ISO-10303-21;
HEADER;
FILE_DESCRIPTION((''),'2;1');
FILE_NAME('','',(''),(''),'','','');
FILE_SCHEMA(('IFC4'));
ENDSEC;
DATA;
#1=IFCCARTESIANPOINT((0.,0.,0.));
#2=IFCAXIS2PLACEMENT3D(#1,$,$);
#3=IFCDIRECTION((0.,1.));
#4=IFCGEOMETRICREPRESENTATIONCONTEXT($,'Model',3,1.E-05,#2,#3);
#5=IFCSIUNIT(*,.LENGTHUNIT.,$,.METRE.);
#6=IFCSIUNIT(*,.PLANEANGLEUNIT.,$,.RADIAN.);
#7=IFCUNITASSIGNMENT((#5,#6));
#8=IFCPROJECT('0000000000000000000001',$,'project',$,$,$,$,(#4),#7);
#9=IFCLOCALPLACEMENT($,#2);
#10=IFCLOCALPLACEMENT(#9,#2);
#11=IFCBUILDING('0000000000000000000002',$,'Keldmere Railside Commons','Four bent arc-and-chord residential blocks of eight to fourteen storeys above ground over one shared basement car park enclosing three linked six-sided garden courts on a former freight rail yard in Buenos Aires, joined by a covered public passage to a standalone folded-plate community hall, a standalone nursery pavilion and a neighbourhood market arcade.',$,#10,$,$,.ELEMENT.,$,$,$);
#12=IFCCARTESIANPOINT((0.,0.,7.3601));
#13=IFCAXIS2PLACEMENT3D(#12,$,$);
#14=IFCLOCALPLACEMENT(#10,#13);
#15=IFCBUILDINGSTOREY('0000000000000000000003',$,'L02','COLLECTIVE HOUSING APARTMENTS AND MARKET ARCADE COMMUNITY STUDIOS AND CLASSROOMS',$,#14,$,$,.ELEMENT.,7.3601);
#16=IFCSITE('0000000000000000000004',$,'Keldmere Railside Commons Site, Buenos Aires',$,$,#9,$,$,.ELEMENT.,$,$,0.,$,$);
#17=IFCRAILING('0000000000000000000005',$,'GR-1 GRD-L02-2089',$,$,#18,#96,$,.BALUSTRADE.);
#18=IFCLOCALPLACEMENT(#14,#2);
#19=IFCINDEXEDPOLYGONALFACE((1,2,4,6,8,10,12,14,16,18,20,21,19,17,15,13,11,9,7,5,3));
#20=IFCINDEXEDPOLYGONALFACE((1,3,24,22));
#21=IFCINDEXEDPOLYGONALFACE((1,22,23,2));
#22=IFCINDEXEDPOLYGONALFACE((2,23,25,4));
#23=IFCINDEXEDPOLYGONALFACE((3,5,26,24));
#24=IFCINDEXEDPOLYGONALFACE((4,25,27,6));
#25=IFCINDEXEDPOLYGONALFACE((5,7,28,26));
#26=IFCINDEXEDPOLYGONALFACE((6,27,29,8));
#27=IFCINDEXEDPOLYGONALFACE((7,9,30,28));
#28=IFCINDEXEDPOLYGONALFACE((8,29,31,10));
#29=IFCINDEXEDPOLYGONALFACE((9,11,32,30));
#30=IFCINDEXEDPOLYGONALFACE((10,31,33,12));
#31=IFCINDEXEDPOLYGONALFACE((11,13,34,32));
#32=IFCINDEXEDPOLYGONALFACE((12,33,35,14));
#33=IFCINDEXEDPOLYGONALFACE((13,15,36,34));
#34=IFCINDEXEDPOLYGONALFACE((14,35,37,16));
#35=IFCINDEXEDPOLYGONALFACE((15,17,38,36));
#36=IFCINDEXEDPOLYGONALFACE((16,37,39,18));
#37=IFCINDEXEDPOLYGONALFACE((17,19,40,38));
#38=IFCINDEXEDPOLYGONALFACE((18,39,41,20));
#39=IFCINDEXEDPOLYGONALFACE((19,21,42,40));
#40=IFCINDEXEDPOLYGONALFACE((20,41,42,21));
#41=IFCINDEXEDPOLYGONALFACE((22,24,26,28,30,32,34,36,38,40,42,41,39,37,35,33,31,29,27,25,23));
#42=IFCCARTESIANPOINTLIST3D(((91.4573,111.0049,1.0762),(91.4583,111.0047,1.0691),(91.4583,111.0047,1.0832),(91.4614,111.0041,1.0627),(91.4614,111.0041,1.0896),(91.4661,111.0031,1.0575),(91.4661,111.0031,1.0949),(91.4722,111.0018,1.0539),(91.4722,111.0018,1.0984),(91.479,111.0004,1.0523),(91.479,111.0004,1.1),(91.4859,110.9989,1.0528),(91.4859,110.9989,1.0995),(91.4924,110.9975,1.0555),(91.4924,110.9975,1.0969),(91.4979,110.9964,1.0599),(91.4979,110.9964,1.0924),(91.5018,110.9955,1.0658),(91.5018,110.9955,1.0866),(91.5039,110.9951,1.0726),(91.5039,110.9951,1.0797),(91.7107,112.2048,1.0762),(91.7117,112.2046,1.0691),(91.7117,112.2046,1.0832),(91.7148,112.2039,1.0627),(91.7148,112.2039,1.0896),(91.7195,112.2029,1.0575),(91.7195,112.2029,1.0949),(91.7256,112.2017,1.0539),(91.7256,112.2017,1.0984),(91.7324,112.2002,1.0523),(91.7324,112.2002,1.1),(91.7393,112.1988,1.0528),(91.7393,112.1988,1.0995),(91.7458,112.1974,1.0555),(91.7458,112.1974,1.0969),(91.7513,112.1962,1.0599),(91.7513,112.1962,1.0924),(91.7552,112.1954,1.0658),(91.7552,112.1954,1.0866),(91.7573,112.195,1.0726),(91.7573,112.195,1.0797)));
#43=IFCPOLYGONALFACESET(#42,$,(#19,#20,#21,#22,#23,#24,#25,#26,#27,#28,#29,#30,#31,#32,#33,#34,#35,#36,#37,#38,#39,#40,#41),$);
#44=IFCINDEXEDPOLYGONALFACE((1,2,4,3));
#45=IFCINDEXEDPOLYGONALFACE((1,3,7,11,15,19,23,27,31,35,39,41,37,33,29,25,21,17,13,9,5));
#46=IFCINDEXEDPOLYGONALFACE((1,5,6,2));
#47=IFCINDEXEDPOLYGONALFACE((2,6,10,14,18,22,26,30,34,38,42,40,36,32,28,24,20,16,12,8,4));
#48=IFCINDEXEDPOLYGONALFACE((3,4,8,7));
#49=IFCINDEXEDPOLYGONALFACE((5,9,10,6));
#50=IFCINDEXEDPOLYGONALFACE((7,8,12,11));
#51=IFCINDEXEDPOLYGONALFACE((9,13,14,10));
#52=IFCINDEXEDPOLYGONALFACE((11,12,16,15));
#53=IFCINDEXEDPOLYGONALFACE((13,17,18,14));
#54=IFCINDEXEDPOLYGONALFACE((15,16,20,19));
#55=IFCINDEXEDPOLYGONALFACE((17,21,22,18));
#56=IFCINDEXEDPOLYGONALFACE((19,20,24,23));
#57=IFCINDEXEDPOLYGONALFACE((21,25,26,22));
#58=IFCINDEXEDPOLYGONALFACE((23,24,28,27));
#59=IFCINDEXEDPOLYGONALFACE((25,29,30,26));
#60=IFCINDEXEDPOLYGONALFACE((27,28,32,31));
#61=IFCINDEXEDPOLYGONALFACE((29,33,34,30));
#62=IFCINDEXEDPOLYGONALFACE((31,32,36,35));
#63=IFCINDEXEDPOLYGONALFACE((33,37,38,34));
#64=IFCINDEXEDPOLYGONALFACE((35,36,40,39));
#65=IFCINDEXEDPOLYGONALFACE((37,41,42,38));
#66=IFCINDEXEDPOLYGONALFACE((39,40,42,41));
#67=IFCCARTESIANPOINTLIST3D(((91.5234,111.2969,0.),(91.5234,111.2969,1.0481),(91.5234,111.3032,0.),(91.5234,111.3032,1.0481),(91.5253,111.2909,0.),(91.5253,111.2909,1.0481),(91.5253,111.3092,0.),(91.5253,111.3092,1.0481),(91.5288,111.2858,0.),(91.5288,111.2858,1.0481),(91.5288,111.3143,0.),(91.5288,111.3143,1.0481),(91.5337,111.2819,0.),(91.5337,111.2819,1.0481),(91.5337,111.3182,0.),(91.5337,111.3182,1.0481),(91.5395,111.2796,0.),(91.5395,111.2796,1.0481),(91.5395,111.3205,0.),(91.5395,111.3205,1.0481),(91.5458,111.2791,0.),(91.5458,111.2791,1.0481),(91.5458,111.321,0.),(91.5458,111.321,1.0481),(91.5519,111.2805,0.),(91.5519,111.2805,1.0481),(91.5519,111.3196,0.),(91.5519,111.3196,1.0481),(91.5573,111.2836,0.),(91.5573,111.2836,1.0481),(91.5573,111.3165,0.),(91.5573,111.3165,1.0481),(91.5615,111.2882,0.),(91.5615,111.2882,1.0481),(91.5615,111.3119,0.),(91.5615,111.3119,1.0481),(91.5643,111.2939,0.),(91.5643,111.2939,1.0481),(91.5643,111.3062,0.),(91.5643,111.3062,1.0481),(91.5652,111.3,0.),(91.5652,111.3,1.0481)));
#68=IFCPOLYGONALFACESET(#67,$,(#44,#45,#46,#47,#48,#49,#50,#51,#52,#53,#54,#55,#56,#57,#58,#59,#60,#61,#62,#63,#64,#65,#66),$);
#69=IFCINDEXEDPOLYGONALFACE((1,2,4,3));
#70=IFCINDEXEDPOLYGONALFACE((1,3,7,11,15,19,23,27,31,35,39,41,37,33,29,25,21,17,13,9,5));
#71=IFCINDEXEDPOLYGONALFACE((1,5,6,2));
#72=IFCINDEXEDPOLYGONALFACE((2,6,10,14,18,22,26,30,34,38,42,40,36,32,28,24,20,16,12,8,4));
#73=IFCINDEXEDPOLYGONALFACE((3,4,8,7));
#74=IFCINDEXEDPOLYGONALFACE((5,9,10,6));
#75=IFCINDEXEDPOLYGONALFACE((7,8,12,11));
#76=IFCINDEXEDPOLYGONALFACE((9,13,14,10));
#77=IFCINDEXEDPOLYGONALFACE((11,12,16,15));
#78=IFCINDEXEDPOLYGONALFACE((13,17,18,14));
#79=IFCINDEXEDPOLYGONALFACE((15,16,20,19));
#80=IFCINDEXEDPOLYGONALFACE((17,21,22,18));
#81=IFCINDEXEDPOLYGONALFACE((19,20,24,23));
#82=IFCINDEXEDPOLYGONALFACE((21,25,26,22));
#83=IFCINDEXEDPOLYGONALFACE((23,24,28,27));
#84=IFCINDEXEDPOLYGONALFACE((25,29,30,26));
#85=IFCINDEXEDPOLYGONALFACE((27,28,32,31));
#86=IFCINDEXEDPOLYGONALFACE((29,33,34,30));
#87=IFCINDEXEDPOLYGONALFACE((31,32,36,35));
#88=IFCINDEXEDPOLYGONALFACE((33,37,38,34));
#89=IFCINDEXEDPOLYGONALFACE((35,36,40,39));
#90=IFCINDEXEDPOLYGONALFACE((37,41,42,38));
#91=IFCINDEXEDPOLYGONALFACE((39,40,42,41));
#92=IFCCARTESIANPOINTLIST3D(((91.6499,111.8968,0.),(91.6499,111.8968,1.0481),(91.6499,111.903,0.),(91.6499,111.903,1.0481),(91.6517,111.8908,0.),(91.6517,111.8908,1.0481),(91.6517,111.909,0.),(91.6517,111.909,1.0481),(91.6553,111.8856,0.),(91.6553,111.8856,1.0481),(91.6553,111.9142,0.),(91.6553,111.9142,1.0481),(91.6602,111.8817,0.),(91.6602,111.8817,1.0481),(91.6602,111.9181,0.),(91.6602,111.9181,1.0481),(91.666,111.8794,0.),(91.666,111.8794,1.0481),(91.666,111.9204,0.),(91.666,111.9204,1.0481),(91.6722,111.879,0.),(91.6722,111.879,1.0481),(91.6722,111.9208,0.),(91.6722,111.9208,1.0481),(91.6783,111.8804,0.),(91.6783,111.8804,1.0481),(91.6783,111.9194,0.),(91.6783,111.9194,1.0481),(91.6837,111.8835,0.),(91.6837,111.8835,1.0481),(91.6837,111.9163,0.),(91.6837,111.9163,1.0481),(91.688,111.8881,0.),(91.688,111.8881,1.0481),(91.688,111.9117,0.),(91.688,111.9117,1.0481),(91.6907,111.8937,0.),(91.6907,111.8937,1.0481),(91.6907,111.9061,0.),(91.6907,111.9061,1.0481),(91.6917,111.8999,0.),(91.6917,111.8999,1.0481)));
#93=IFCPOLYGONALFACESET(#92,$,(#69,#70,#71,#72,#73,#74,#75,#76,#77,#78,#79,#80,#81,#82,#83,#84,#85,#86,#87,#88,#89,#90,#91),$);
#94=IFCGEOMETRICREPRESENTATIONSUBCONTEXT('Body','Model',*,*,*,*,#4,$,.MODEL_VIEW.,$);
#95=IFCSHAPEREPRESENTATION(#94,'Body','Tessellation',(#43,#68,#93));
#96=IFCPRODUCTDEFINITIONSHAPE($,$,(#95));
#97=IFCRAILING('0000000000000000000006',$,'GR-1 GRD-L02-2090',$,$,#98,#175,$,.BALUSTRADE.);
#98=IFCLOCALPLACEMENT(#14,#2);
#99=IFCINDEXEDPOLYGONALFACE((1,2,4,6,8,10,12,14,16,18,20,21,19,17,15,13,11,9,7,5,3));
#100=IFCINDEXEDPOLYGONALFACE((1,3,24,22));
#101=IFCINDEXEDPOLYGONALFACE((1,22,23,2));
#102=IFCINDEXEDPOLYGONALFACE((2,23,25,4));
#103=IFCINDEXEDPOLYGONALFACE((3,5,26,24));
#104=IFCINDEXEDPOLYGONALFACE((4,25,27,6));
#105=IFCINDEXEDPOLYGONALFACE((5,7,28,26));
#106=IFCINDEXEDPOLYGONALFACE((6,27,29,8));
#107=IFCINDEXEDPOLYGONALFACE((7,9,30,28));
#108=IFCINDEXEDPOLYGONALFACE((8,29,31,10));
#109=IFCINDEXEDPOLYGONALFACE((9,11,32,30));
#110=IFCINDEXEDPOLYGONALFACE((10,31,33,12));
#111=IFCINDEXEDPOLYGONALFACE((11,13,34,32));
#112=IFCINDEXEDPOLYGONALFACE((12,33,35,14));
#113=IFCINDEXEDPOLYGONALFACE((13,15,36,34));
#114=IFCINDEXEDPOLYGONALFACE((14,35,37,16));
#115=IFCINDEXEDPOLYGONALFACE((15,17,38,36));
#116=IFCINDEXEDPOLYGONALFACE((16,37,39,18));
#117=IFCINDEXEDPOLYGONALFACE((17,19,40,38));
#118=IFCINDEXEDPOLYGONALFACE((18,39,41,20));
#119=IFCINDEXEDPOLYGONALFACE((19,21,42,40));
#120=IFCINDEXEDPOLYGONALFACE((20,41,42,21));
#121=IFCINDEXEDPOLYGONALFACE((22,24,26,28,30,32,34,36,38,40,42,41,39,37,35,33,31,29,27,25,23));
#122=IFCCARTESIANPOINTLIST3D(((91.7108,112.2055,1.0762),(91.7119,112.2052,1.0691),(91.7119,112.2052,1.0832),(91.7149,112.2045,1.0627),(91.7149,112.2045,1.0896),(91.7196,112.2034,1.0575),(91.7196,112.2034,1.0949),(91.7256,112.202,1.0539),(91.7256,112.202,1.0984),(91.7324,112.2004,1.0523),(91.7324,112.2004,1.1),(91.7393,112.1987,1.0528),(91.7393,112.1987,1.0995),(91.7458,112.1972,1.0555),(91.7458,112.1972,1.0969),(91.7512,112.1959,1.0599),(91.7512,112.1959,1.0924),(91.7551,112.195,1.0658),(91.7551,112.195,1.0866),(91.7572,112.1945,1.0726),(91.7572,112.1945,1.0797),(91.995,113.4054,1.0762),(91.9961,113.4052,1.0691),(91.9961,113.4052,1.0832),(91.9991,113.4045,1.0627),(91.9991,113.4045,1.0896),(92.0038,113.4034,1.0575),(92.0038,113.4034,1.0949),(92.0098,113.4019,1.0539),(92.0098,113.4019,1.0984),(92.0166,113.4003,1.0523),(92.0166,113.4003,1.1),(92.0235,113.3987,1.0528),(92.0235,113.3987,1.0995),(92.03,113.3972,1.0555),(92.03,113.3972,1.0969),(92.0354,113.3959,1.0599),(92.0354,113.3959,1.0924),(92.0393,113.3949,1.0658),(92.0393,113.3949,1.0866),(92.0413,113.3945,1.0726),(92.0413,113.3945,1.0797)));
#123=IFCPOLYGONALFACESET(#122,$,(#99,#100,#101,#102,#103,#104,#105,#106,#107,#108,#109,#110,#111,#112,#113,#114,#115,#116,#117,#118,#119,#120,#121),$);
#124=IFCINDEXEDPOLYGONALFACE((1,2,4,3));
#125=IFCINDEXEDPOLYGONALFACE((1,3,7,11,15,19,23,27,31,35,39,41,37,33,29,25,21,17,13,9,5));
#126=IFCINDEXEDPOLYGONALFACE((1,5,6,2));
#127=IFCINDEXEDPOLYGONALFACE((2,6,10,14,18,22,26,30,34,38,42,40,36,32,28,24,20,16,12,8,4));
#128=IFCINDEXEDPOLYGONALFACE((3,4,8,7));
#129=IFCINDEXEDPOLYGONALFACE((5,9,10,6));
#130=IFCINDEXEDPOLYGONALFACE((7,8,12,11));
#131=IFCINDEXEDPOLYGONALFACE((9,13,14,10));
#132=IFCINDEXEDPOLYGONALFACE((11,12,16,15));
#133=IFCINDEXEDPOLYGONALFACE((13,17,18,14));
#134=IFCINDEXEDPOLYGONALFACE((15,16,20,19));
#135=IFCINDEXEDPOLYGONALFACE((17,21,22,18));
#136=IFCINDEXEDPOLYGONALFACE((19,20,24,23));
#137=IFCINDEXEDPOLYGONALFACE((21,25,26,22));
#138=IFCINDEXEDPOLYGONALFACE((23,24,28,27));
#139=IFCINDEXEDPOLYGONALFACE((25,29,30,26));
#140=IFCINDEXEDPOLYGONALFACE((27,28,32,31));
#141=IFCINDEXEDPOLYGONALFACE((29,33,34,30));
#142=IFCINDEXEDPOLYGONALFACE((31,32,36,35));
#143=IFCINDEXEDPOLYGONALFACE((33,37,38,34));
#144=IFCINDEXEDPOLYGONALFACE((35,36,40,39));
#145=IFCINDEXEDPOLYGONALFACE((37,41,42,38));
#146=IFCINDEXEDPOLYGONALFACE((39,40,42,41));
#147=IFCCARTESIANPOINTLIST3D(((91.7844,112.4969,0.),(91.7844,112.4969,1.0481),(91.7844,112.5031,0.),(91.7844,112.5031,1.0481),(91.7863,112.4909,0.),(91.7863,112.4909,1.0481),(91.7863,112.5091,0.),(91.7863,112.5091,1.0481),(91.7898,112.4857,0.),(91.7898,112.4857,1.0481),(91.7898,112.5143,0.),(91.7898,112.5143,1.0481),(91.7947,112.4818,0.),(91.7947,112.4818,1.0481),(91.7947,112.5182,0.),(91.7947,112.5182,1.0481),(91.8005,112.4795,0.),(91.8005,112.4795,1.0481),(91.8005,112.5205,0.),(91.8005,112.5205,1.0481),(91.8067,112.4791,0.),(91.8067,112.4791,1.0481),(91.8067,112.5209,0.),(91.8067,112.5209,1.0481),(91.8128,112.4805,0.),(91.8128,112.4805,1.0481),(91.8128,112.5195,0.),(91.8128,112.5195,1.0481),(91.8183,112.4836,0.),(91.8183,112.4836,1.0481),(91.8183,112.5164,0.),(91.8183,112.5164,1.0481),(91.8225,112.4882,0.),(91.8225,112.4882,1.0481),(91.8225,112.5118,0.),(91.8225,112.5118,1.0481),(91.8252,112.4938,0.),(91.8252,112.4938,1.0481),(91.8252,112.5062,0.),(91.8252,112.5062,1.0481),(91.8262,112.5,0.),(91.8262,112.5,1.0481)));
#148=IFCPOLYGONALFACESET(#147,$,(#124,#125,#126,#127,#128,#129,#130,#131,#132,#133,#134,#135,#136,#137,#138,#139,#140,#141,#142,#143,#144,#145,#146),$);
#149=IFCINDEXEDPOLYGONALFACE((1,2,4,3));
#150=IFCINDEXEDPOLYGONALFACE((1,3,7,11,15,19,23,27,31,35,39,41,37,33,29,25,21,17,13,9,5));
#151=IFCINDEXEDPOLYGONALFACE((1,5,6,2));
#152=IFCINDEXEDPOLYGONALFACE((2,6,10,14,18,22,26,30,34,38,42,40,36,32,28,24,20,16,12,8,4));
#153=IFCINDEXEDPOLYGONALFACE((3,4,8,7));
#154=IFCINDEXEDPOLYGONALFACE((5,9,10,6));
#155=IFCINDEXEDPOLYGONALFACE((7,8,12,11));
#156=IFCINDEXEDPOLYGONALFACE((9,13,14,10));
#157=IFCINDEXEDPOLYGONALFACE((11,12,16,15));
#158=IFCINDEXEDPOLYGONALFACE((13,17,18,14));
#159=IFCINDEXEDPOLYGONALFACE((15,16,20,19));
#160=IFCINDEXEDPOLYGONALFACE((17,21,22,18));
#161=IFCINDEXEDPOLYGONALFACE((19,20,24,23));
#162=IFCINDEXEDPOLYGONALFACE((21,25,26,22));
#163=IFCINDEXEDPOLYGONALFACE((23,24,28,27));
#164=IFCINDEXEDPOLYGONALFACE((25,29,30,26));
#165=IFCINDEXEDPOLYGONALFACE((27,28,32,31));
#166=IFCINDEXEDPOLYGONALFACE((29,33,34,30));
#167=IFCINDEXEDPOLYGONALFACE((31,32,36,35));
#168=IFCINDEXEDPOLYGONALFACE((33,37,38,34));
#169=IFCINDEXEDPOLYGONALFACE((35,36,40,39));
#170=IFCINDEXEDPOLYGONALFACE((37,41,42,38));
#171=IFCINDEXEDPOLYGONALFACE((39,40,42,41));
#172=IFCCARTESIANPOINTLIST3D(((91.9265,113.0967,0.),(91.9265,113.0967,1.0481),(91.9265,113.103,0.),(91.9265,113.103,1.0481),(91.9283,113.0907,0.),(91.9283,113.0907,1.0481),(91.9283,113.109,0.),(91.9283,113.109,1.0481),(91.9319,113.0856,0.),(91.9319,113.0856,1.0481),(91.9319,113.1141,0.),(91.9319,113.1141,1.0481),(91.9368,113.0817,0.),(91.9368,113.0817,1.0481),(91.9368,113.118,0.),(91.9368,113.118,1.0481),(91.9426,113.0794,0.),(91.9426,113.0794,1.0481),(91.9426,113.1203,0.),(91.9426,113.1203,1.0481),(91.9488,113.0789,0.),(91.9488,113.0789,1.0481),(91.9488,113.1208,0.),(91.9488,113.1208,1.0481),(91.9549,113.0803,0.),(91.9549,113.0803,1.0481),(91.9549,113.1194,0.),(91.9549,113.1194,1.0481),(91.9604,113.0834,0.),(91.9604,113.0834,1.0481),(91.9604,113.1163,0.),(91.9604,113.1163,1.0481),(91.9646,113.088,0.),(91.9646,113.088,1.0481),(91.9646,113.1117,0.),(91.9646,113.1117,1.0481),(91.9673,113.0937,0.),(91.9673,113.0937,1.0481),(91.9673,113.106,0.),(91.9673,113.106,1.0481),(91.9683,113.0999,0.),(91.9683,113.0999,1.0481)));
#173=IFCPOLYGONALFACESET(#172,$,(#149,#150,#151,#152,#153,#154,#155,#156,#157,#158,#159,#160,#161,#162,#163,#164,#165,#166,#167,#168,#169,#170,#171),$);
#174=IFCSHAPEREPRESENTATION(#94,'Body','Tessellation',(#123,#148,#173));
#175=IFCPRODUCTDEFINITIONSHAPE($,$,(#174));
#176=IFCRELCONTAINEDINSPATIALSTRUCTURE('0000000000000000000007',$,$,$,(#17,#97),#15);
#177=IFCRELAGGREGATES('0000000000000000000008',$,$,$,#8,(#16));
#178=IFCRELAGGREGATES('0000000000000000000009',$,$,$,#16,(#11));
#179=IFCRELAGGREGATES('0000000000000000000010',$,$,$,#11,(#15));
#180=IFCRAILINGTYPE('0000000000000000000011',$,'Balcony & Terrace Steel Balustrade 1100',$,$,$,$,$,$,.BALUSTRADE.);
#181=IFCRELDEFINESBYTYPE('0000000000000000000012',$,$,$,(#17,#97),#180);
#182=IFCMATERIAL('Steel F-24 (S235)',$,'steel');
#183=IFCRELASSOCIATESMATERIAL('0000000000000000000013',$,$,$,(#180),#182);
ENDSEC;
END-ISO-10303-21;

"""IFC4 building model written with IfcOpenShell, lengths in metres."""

from ifc_helpers import new_model, si_unit, direction, frame, origin, origin_2d, place, context, subcontext, project, spatial, circle, extrude, material, type_object, element, save


model = new_model("IFC4")

# Units and contexts
model_context = context("Model", 3, precision=1e-05, world=origin(), true_north=direction((0.0, 1.0)))
body_context = subcontext(model_context, "Body", "Model", "MODEL_VIEW")
ifc_project = project(units=[si_unit("LENGTHUNIT", "METRE"), si_unit("PLANEANGLEUNIT", "RADIAN")], contexts=[model_context])

# Site, building, storey
site_placement = place(None, origin())
site = spatial("IfcSite", under=ifc_project, at=site_placement, Name="Keldmere Railside Commons Site, Buenos Aires", CompositionType="ELEMENT", RefElevation=0.0)
building_placement = place(site_placement, origin())
building = spatial("IfcBuilding", under=site, at=building_placement, Name="Keldmere Railside Commons", Description="Four bent arc-and-chord residential blocks of eight to fourteen storeys above ground over one shared basement car park enclosing three linked six-sided garden courts on a former freight rail yard in Buenos Aires, joined by a covered public passage to a standalone folded-plate community hall, a standalone nursery pavilion and a neighbourhood market arcade.", CompositionType="ELEMENT")
storey_placement = place(building_placement, frame((0.0, 0.0, 7.3601)))
storey = spatial("IfcBuildingStorey", under=building, at=storey_placement, Name="L02", Description="COLLECTIVE HOUSING APARTMENTS AND MARKET ARCADE COMMUNITY STUDIOS AND CLASSROOMS", CompositionType="ELEMENT", Elevation=7.3601)

# Railings
ifc_material_1 = material(Name="Steel F-24 (S235)", Category="steel")
railing_type = type_object("IfcRailingType", Name="Balcony & Terrace Steel Balustrade 1100", PredefinedType="BALUSTRADE", material=ifc_material_1)
railing_1_placement = place(storey_placement, frame((91.4807, 111.0, 0.0)))
element("IfcRailing", 1, at=railing_1_placement, inside=storey, type_object=railing_type, Name="GR-1 GRD-L02-2089", PredefinedType="BALUSTRADE", context=body_context, shape_type="SweptSolid", body=[
    extrude(circle(Radius=0.0239, at=origin_2d()), frame((0.0, 0.0, 1.0762), z_axis=(0.206632, 0.978419, 0.0), x_axis=(-0.978419, 0.206632, 0.0)), (0.0, 0.0, 1.0), 1.2263),
    extrude(circle(Radius=0.021, at=origin_2d()), frame((0.0635, 0.3, 0.0)), (0.0, 0.0, 1.0), 1.0481),
    extrude(circle(Radius=0.021, at=origin_2d()), frame((0.1899, 0.8999, 0.0)), (0.0, 0.0, 1.0), 1.0481),
])
railing_2_placement = place(storey_placement, frame((91.7341, 112.2, 0.0)))
element("IfcRailing", 2, at=railing_2_placement, inside=storey, type_object=railing_type, Name="GR-1 GRD-L02-2090", PredefinedType="BALUSTRADE", context=body_context, shape_type="SweptSolid", body=[
    extrude(circle(Radius=0.0239, at=origin_2d()), frame((0.0, 0.0, 1.0762), z_axis=(0.230452, 0.973084, 0.0), x_axis=(-0.973084, 0.230452, 0.0)), (0.0, 0.0, 1.0), 1.2332),
    extrude(circle(Radius=0.021, at=origin_2d()), frame((0.071, 0.3, 0.0)), (0.0, 0.0, 1.0), 1.0481),
    extrude(circle(Radius=0.021, at=origin_2d()), frame((0.2131, 0.8999, 0.0)), (0.0, 0.0, 1.0), 1.0481),
])

save(model, "model.ifc")
